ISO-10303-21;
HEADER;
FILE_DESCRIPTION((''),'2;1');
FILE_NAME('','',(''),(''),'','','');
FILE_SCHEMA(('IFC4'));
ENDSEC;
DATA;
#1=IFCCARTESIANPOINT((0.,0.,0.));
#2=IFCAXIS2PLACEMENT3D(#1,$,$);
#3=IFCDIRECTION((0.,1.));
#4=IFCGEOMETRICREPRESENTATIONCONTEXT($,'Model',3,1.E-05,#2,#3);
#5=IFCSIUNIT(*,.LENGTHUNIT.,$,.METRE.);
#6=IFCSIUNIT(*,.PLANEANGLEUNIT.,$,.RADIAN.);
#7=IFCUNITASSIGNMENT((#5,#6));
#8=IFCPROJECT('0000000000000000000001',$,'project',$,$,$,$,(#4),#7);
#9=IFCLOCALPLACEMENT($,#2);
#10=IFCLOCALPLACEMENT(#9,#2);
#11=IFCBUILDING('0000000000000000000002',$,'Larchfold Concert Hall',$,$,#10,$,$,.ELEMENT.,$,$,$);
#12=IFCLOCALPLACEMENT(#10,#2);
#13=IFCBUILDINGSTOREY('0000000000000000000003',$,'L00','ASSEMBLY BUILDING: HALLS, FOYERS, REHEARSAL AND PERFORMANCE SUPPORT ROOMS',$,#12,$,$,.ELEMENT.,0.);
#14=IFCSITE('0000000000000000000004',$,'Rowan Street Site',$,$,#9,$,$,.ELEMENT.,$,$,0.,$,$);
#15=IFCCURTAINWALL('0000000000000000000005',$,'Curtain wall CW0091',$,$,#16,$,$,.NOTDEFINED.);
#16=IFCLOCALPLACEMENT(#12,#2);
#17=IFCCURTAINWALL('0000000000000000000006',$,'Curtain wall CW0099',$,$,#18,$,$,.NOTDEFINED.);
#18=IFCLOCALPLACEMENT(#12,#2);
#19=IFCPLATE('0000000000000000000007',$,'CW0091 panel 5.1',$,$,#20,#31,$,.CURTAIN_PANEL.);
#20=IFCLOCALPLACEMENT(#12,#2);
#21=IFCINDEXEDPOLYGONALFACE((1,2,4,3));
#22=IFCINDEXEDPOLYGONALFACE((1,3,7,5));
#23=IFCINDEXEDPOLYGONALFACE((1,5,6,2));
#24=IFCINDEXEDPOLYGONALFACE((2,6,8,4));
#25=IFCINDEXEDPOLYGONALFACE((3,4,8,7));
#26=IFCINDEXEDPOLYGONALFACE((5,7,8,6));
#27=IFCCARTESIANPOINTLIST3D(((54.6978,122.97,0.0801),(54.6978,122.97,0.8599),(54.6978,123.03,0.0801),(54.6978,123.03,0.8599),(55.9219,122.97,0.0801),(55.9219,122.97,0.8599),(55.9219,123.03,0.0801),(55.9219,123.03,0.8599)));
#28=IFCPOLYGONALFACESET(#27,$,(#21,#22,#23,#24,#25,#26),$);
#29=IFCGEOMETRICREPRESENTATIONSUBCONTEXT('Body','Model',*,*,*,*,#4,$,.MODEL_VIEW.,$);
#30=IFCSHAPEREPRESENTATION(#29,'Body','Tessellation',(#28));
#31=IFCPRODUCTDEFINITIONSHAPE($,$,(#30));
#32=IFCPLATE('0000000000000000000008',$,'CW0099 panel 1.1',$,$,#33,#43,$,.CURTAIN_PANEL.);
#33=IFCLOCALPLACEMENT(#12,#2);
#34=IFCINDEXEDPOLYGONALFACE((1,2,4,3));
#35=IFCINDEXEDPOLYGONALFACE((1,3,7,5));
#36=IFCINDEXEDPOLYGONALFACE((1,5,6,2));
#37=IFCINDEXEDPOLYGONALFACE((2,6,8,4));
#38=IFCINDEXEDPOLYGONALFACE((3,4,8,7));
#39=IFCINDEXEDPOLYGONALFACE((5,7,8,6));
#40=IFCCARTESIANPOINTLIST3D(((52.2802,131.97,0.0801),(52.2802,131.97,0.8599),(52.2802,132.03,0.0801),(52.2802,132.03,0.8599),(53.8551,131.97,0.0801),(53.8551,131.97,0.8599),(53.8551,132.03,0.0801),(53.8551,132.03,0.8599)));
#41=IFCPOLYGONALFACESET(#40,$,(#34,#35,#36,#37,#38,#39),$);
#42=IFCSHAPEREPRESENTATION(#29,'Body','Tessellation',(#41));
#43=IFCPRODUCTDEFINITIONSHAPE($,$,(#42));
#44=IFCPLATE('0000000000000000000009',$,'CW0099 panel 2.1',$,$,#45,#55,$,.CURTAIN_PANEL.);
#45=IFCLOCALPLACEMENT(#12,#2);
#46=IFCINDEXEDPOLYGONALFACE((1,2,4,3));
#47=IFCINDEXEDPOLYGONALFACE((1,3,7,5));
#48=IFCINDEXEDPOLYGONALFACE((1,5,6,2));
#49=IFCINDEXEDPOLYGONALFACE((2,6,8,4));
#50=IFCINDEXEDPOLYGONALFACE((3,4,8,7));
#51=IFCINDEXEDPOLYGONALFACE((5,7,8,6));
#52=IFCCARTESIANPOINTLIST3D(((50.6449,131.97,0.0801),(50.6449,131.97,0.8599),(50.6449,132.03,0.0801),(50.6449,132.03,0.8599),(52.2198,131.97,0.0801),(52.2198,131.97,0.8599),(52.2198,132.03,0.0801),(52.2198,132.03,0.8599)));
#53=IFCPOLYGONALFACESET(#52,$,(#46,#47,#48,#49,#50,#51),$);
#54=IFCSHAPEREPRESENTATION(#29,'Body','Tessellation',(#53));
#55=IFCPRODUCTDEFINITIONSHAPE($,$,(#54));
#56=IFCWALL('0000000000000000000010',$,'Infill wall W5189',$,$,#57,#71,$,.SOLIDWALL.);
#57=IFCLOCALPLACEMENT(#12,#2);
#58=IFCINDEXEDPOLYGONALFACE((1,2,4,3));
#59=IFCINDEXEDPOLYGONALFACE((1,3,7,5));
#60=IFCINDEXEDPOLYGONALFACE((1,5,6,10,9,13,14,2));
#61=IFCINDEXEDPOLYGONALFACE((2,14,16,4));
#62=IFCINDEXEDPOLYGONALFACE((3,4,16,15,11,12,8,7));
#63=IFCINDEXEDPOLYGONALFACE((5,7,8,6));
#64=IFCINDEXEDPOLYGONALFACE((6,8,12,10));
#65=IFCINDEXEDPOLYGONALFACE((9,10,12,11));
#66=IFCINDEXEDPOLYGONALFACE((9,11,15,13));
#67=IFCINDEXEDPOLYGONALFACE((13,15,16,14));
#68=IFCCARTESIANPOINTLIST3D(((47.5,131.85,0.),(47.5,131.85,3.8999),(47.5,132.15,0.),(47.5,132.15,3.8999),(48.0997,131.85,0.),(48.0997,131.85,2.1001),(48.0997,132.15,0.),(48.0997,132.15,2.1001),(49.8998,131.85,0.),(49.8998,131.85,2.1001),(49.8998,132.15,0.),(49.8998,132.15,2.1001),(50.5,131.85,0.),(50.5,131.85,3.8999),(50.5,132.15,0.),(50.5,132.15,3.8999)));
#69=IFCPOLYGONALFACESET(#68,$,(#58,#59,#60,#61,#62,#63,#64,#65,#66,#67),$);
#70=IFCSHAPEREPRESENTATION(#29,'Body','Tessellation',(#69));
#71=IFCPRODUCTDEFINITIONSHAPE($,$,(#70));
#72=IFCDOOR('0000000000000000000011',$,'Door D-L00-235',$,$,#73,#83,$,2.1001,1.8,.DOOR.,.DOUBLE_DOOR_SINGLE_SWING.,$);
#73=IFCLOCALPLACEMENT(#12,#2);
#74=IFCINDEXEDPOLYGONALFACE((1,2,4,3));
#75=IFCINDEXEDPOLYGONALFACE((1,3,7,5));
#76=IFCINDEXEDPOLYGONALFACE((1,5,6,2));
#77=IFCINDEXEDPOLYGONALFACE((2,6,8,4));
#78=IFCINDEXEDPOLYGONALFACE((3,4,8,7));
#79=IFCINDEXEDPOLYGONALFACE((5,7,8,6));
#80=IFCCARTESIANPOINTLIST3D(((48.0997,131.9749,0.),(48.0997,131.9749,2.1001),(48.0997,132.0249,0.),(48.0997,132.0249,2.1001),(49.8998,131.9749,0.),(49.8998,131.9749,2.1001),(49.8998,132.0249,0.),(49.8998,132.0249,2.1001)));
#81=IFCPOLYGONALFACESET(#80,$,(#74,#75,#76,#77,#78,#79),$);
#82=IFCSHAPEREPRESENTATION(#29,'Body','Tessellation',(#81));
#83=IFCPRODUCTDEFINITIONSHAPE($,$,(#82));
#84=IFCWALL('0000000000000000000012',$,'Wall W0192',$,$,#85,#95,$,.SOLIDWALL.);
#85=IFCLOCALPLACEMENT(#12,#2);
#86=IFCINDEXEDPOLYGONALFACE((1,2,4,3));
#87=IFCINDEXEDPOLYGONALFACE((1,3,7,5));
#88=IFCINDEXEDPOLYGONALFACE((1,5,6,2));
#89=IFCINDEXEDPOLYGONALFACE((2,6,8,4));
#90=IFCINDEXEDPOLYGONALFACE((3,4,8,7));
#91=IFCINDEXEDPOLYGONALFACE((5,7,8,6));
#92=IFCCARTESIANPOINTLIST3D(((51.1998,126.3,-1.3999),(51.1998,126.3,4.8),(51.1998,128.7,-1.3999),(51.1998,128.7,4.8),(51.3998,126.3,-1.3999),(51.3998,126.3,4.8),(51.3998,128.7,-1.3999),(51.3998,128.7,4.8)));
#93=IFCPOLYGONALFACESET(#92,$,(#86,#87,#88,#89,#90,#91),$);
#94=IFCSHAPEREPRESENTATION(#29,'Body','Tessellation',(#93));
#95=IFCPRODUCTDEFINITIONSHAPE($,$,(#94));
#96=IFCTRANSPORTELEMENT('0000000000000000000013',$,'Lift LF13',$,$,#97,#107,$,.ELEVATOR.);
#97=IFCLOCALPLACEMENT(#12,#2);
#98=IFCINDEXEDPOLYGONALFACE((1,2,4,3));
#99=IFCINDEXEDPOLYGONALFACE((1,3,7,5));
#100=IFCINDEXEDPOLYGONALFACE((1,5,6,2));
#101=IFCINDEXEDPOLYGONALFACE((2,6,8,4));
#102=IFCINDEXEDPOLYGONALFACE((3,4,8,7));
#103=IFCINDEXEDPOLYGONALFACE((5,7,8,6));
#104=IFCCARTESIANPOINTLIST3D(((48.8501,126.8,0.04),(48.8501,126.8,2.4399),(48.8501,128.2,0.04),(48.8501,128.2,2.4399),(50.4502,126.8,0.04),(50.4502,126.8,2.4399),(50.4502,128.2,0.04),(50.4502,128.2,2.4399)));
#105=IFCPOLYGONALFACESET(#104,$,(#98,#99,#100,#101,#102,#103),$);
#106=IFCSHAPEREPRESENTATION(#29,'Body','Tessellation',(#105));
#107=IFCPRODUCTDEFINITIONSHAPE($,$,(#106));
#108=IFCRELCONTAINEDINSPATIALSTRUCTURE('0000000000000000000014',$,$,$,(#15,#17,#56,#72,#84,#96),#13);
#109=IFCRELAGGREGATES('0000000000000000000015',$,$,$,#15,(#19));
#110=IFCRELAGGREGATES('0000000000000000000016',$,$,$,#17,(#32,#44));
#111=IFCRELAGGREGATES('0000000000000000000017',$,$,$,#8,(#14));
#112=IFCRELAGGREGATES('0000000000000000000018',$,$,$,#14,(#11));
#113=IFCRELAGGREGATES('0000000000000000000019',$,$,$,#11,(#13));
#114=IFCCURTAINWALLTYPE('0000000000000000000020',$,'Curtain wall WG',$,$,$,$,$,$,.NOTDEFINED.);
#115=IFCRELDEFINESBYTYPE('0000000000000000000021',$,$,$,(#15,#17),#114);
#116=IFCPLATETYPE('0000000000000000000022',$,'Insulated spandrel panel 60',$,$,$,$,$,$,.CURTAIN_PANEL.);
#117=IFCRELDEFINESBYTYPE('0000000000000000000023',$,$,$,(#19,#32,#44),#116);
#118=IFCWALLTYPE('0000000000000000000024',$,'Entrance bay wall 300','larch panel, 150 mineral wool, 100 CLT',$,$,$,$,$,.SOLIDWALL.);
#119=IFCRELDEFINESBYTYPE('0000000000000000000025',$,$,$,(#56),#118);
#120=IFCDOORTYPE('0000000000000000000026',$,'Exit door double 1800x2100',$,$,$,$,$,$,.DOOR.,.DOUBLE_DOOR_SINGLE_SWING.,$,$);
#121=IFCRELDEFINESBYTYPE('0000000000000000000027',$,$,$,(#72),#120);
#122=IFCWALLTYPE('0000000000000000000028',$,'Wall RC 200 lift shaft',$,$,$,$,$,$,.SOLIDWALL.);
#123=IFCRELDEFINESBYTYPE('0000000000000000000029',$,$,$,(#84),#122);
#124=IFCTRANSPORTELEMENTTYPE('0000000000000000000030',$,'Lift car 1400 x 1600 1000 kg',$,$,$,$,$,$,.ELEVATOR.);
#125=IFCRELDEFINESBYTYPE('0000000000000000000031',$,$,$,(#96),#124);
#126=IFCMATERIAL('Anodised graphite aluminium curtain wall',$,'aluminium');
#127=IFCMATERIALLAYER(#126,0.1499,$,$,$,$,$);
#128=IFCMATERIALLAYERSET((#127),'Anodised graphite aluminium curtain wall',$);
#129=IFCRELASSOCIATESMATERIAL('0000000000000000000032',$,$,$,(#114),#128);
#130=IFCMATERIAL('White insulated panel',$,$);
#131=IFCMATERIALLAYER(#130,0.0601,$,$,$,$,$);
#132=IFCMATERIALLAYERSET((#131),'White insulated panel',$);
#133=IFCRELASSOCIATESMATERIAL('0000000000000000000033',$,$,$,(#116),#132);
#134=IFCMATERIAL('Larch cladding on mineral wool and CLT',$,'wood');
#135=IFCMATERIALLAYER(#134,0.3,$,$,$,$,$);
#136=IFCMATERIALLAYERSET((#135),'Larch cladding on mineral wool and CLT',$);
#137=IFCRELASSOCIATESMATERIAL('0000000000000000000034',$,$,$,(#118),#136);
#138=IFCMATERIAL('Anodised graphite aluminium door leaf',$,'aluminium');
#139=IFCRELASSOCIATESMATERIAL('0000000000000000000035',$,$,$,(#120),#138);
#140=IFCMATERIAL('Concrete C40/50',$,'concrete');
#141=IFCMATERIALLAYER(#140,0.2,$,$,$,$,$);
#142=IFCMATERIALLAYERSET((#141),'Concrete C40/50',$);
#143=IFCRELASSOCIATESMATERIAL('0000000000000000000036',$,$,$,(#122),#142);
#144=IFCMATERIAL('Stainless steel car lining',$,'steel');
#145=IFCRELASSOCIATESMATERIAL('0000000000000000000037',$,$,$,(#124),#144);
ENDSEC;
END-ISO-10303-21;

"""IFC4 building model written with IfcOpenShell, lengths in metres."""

from ifc_helpers import new_model, si_unit, direction, frame, frame_2d, origin, origin_2d, place, context, subcontext, project, spatial, rectangle, extrude, material, layer, layer_set, type_object, element, fill, aggregate, save


model = new_model("IFC4")

# Units and contexts
model_context = context("Model", 3, precision=1e-05, world=origin(), true_north=direction((0.0, 1.0)))
body_context = subcontext(model_context, "Body", "Model", "MODEL_VIEW")
ifc_project = project(units=[si_unit("LENGTHUNIT", "METRE"), si_unit("PLANEANGLEUNIT", "RADIAN")], contexts=[model_context])

# Site, building, storey
site_placement = place(None, origin())
site = spatial("IfcSite", under=ifc_project, at=site_placement, Name="Rowan Street Site", CompositionType="ELEMENT", RefElevation=0.0)
building_placement = place(site_placement, origin())
building = spatial("IfcBuilding", under=site, at=building_placement, Name="Larchfold Concert Hall", CompositionType="ELEMENT")
storey_placement = place(building_placement, origin())
storey = spatial("IfcBuildingStorey", under=building, at=storey_placement, Name="L00", Description="ASSEMBLY BUILDING: HALLS, FOYERS, REHEARSAL AND PERFORMANCE SUPPORT ROOMS", CompositionType="ELEMENT", Elevation=0.0)

# Curtain wall
ifc_material_1 = material(Name="Anodised graphite aluminium curtain wall", Category="aluminium")
ifc_layer_1 = layer(ifc_material_1, 0.1499)
ifc_layer_set_1 = layer_set([ifc_layer_1], Name="Anodised graphite aluminium curtain wall")
curtain_wall_type = type_object("IfcCurtainWallType", Name="Curtain wall WG", PredefinedType="NOTDEFINED", material=ifc_layer_set_1)
curtain_wall_1_placement = place(storey_placement, origin())
curtain_wall_1 = element("IfcCurtainWall", 1, at=curtain_wall_1_placement, inside=storey, type_object=curtain_wall_type, Name="Curtain wall CW0091", PredefinedType="NOTDEFINED")

# Curtain wall
curtain_wall_2_placement = place(storey_placement, origin())
curtain_wall_2 = element("IfcCurtainWall", 2, at=curtain_wall_2_placement, inside=storey, type_object=curtain_wall_type, Name="Curtain wall CW0099", PredefinedType="NOTDEFINED")

# Plates
ifc_material_2 = material(Name="White insulated panel")
ifc_layer_2 = layer(ifc_material_2, 0.0601)
ifc_layer_set_2 = layer_set([ifc_layer_2], Name="White insulated panel")
plate_type_1 = type_object("IfcPlateType", Name="Insulated spandrel panel 60", PredefinedType="CURTAIN_PANEL", material=ifc_layer_set_2)
plate_1_placement = place(storey_placement, frame((55.3098, 123.0, 0.0801), z_axis=(0.0, 0.0, 1.0), x_axis=(1.0, 0.0, 0.0)))
plate_1 = element("IfcPlate", 3, at=plate_1_placement, type_object=plate_type_1, Name="CW0091 panel 5.1", PredefinedType="CURTAIN_PANEL", context=body_context, shape_type="SweptSolid", body=[
    extrude(rectangle(XDim=1.2241, YDim=0.0601, at=origin_2d()), origin(), (0.0, 0.0, 1.0), 0.7798),
])
aggregate(curtain_wall_1, [plate_1])
plate_2_placement = place(storey_placement, frame((53.0676, 132.0, 0.0801), z_axis=(0.0, 0.0, 1.0), x_axis=(-1.0, 0.0, 0.0)))
plate_2 = element("IfcPlate", 4, at=plate_2_placement, type_object=plate_type_1, Name="CW0099 panel 1.1", PredefinedType="CURTAIN_PANEL", context=body_context, shape_type="SweptSolid", body=[
    extrude(rectangle(XDim=1.575, YDim=0.0601, at=origin_2d()), origin(), (0.0, 0.0, 1.0), 0.7798),
])
plate_3_placement = place(storey_placement, frame((51.4324, 132.0, 0.0801), z_axis=(0.0, 0.0, 1.0), x_axis=(-1.0, 0.0, 0.0)))
plate_3 = element("IfcPlate", 5, at=plate_3_placement, type_object=plate_type_1, Name="CW0099 panel 2.1", PredefinedType="CURTAIN_PANEL", context=body_context, shape_type="SweptSolid", body=[
    extrude(rectangle(XDim=1.575, YDim=0.0601, at=origin_2d()), origin(), (0.0, 0.0, 1.0), 0.7798),
])
aggregate(curtain_wall_2, [plate_2, plate_3])

# Wall, opening, door
ifc_material_3 = material(Name="Larch cladding on mineral wool and CLT", Category="wood")
ifc_layer_3 = layer(ifc_material_3, 0.3)
ifc_layer_set_3 = layer_set([ifc_layer_3], Name="Larch cladding on mineral wool and CLT")
wall_type_1 = type_object("IfcWallType", Name="Entrance bay wall 300", Description="larch panel, 150 mineral wool, 100 CLT", PredefinedType="SOLIDWALL", material=ifc_layer_set_3)
wall_1_placement = place(storey_placement, frame((50.5, 132.0, 0.0), z_axis=(0.0, 0.0, 1.0), x_axis=(-1.0, 0.0, 0.0)))
wall_1 = element("IfcWall", 6, at=wall_1_placement, inside=storey, type_object=wall_type_1, Name="Infill wall W5189", PredefinedType="SOLIDWALL", context=body_context, shape_type="SweptSolid", body=[
    extrude(rectangle(XDim=3.0, YDim=0.3, at=frame_2d((1.5, 0.0))), origin(), (0.0, 0.0, 1.0), 3.8999),
])
opening_placement = place(wall_1_placement, frame((2.4001, 0.0, 0.0), z_axis=(0.0, 0.0, 1.0), x_axis=(-1.0, 0.0, 0.0)))
opening = element("IfcOpeningElement", 7, at=opening_placement, cuts=wall_1, PredefinedType="OPENING", context=body_context, shape_type="SweptSolid", body=[
    extrude(rectangle(XDim=1.8, YDim=2.1001, at=frame_2d((0.8999, 1.05))), frame((0.0, 0.1602, 0.0), z_axis=(0.0, -1.0, 0.0), x_axis=(1.0, 0.0, 0.0)), (0.0, 0.0, 1.0), 0.3201),
])
ifc_material_4 = material(Name="Anodised graphite aluminium door leaf", Category="aluminium")
door_type = type_object("IfcDoorType", Name="Exit door double 1800x2100", OperationType="DOUBLE_DOOR_SINGLE_SWING", PredefinedType="DOOR", material=ifc_material_4)
door_placement = place(opening_placement, origin())
door = element("IfcDoor", 8, at=door_placement, inside=storey, type_object=door_type, Name="Door D-L00-235", OperationType="DOUBLE_DOOR_SINGLE_SWING", OverallHeight=2.1001, OverallWidth=1.8, PredefinedType="DOOR", context=body_context, shape_type="SweptSolid", body=[
    extrude(rectangle(XDim=1.8, YDim=2.1001, at=frame_2d((0.8999, 1.05))), frame((0.0, 0.0249, 0.0), z_axis=(0.0, -1.0, 0.0), x_axis=(1.0, 0.0, 0.0)), (0.0, 0.0, 1.0), 0.05),
])
fill(opening, door)

# Wall
ifc_material_5 = material(Name="Concrete C40/50", Category="concrete")
ifc_layer_4 = layer(ifc_material_5, 0.2)
ifc_layer_set_4 = layer_set([ifc_layer_4], Name="Concrete C40/50")
wall_type_2 = type_object("IfcWallType", Name="Wall RC 200 lift shaft", PredefinedType="SOLIDWALL", material=ifc_layer_set_4)
wall_2_placement = place(storey_placement, frame((51.2998, 126.3, -1.3999), z_axis=(0.0, 0.0, 1.0), x_axis=(0.0, 1.0, 0.0)))
element("IfcWall", 9, at=wall_2_placement, inside=storey, type_object=wall_type_2, Name="Wall W0192", PredefinedType="SOLIDWALL", context=body_context, shape_type="SweptSolid", body=[
    extrude(rectangle(XDim=2.3999, YDim=0.2, at=frame_2d((1.2, 0.0))), origin(), (0.0, 0.0, 1.0), 6.2),
])

# Transport element
ifc_material_6 = material(Name="Stainless steel car lining", Category="steel")
transport_element_type = type_object("IfcTransportElementType", Name="Lift car 1400 x 1600 1000 kg", PredefinedType="ELEVATOR", material=ifc_material_6)
transport_element_placement = place(storey_placement, frame((49.6501, 127.5, 0.04), z_axis=(0.0, 0.0, 1.0), x_axis=(1.0, 0.0, 0.0)))
element("IfcTransportElement", 10, at=transport_element_placement, inside=storey, type_object=transport_element_type, Name="Lift LF13", PredefinedType="ELEVATOR", context=body_context, shape_type="SweptSolid", body=[
    extrude(rectangle(XDim=1.6001, YDim=1.3999, at=origin_2d()), origin(), (0.0, 0.0, 1.0), 2.3999),
])

save(model, "model.ifc")
